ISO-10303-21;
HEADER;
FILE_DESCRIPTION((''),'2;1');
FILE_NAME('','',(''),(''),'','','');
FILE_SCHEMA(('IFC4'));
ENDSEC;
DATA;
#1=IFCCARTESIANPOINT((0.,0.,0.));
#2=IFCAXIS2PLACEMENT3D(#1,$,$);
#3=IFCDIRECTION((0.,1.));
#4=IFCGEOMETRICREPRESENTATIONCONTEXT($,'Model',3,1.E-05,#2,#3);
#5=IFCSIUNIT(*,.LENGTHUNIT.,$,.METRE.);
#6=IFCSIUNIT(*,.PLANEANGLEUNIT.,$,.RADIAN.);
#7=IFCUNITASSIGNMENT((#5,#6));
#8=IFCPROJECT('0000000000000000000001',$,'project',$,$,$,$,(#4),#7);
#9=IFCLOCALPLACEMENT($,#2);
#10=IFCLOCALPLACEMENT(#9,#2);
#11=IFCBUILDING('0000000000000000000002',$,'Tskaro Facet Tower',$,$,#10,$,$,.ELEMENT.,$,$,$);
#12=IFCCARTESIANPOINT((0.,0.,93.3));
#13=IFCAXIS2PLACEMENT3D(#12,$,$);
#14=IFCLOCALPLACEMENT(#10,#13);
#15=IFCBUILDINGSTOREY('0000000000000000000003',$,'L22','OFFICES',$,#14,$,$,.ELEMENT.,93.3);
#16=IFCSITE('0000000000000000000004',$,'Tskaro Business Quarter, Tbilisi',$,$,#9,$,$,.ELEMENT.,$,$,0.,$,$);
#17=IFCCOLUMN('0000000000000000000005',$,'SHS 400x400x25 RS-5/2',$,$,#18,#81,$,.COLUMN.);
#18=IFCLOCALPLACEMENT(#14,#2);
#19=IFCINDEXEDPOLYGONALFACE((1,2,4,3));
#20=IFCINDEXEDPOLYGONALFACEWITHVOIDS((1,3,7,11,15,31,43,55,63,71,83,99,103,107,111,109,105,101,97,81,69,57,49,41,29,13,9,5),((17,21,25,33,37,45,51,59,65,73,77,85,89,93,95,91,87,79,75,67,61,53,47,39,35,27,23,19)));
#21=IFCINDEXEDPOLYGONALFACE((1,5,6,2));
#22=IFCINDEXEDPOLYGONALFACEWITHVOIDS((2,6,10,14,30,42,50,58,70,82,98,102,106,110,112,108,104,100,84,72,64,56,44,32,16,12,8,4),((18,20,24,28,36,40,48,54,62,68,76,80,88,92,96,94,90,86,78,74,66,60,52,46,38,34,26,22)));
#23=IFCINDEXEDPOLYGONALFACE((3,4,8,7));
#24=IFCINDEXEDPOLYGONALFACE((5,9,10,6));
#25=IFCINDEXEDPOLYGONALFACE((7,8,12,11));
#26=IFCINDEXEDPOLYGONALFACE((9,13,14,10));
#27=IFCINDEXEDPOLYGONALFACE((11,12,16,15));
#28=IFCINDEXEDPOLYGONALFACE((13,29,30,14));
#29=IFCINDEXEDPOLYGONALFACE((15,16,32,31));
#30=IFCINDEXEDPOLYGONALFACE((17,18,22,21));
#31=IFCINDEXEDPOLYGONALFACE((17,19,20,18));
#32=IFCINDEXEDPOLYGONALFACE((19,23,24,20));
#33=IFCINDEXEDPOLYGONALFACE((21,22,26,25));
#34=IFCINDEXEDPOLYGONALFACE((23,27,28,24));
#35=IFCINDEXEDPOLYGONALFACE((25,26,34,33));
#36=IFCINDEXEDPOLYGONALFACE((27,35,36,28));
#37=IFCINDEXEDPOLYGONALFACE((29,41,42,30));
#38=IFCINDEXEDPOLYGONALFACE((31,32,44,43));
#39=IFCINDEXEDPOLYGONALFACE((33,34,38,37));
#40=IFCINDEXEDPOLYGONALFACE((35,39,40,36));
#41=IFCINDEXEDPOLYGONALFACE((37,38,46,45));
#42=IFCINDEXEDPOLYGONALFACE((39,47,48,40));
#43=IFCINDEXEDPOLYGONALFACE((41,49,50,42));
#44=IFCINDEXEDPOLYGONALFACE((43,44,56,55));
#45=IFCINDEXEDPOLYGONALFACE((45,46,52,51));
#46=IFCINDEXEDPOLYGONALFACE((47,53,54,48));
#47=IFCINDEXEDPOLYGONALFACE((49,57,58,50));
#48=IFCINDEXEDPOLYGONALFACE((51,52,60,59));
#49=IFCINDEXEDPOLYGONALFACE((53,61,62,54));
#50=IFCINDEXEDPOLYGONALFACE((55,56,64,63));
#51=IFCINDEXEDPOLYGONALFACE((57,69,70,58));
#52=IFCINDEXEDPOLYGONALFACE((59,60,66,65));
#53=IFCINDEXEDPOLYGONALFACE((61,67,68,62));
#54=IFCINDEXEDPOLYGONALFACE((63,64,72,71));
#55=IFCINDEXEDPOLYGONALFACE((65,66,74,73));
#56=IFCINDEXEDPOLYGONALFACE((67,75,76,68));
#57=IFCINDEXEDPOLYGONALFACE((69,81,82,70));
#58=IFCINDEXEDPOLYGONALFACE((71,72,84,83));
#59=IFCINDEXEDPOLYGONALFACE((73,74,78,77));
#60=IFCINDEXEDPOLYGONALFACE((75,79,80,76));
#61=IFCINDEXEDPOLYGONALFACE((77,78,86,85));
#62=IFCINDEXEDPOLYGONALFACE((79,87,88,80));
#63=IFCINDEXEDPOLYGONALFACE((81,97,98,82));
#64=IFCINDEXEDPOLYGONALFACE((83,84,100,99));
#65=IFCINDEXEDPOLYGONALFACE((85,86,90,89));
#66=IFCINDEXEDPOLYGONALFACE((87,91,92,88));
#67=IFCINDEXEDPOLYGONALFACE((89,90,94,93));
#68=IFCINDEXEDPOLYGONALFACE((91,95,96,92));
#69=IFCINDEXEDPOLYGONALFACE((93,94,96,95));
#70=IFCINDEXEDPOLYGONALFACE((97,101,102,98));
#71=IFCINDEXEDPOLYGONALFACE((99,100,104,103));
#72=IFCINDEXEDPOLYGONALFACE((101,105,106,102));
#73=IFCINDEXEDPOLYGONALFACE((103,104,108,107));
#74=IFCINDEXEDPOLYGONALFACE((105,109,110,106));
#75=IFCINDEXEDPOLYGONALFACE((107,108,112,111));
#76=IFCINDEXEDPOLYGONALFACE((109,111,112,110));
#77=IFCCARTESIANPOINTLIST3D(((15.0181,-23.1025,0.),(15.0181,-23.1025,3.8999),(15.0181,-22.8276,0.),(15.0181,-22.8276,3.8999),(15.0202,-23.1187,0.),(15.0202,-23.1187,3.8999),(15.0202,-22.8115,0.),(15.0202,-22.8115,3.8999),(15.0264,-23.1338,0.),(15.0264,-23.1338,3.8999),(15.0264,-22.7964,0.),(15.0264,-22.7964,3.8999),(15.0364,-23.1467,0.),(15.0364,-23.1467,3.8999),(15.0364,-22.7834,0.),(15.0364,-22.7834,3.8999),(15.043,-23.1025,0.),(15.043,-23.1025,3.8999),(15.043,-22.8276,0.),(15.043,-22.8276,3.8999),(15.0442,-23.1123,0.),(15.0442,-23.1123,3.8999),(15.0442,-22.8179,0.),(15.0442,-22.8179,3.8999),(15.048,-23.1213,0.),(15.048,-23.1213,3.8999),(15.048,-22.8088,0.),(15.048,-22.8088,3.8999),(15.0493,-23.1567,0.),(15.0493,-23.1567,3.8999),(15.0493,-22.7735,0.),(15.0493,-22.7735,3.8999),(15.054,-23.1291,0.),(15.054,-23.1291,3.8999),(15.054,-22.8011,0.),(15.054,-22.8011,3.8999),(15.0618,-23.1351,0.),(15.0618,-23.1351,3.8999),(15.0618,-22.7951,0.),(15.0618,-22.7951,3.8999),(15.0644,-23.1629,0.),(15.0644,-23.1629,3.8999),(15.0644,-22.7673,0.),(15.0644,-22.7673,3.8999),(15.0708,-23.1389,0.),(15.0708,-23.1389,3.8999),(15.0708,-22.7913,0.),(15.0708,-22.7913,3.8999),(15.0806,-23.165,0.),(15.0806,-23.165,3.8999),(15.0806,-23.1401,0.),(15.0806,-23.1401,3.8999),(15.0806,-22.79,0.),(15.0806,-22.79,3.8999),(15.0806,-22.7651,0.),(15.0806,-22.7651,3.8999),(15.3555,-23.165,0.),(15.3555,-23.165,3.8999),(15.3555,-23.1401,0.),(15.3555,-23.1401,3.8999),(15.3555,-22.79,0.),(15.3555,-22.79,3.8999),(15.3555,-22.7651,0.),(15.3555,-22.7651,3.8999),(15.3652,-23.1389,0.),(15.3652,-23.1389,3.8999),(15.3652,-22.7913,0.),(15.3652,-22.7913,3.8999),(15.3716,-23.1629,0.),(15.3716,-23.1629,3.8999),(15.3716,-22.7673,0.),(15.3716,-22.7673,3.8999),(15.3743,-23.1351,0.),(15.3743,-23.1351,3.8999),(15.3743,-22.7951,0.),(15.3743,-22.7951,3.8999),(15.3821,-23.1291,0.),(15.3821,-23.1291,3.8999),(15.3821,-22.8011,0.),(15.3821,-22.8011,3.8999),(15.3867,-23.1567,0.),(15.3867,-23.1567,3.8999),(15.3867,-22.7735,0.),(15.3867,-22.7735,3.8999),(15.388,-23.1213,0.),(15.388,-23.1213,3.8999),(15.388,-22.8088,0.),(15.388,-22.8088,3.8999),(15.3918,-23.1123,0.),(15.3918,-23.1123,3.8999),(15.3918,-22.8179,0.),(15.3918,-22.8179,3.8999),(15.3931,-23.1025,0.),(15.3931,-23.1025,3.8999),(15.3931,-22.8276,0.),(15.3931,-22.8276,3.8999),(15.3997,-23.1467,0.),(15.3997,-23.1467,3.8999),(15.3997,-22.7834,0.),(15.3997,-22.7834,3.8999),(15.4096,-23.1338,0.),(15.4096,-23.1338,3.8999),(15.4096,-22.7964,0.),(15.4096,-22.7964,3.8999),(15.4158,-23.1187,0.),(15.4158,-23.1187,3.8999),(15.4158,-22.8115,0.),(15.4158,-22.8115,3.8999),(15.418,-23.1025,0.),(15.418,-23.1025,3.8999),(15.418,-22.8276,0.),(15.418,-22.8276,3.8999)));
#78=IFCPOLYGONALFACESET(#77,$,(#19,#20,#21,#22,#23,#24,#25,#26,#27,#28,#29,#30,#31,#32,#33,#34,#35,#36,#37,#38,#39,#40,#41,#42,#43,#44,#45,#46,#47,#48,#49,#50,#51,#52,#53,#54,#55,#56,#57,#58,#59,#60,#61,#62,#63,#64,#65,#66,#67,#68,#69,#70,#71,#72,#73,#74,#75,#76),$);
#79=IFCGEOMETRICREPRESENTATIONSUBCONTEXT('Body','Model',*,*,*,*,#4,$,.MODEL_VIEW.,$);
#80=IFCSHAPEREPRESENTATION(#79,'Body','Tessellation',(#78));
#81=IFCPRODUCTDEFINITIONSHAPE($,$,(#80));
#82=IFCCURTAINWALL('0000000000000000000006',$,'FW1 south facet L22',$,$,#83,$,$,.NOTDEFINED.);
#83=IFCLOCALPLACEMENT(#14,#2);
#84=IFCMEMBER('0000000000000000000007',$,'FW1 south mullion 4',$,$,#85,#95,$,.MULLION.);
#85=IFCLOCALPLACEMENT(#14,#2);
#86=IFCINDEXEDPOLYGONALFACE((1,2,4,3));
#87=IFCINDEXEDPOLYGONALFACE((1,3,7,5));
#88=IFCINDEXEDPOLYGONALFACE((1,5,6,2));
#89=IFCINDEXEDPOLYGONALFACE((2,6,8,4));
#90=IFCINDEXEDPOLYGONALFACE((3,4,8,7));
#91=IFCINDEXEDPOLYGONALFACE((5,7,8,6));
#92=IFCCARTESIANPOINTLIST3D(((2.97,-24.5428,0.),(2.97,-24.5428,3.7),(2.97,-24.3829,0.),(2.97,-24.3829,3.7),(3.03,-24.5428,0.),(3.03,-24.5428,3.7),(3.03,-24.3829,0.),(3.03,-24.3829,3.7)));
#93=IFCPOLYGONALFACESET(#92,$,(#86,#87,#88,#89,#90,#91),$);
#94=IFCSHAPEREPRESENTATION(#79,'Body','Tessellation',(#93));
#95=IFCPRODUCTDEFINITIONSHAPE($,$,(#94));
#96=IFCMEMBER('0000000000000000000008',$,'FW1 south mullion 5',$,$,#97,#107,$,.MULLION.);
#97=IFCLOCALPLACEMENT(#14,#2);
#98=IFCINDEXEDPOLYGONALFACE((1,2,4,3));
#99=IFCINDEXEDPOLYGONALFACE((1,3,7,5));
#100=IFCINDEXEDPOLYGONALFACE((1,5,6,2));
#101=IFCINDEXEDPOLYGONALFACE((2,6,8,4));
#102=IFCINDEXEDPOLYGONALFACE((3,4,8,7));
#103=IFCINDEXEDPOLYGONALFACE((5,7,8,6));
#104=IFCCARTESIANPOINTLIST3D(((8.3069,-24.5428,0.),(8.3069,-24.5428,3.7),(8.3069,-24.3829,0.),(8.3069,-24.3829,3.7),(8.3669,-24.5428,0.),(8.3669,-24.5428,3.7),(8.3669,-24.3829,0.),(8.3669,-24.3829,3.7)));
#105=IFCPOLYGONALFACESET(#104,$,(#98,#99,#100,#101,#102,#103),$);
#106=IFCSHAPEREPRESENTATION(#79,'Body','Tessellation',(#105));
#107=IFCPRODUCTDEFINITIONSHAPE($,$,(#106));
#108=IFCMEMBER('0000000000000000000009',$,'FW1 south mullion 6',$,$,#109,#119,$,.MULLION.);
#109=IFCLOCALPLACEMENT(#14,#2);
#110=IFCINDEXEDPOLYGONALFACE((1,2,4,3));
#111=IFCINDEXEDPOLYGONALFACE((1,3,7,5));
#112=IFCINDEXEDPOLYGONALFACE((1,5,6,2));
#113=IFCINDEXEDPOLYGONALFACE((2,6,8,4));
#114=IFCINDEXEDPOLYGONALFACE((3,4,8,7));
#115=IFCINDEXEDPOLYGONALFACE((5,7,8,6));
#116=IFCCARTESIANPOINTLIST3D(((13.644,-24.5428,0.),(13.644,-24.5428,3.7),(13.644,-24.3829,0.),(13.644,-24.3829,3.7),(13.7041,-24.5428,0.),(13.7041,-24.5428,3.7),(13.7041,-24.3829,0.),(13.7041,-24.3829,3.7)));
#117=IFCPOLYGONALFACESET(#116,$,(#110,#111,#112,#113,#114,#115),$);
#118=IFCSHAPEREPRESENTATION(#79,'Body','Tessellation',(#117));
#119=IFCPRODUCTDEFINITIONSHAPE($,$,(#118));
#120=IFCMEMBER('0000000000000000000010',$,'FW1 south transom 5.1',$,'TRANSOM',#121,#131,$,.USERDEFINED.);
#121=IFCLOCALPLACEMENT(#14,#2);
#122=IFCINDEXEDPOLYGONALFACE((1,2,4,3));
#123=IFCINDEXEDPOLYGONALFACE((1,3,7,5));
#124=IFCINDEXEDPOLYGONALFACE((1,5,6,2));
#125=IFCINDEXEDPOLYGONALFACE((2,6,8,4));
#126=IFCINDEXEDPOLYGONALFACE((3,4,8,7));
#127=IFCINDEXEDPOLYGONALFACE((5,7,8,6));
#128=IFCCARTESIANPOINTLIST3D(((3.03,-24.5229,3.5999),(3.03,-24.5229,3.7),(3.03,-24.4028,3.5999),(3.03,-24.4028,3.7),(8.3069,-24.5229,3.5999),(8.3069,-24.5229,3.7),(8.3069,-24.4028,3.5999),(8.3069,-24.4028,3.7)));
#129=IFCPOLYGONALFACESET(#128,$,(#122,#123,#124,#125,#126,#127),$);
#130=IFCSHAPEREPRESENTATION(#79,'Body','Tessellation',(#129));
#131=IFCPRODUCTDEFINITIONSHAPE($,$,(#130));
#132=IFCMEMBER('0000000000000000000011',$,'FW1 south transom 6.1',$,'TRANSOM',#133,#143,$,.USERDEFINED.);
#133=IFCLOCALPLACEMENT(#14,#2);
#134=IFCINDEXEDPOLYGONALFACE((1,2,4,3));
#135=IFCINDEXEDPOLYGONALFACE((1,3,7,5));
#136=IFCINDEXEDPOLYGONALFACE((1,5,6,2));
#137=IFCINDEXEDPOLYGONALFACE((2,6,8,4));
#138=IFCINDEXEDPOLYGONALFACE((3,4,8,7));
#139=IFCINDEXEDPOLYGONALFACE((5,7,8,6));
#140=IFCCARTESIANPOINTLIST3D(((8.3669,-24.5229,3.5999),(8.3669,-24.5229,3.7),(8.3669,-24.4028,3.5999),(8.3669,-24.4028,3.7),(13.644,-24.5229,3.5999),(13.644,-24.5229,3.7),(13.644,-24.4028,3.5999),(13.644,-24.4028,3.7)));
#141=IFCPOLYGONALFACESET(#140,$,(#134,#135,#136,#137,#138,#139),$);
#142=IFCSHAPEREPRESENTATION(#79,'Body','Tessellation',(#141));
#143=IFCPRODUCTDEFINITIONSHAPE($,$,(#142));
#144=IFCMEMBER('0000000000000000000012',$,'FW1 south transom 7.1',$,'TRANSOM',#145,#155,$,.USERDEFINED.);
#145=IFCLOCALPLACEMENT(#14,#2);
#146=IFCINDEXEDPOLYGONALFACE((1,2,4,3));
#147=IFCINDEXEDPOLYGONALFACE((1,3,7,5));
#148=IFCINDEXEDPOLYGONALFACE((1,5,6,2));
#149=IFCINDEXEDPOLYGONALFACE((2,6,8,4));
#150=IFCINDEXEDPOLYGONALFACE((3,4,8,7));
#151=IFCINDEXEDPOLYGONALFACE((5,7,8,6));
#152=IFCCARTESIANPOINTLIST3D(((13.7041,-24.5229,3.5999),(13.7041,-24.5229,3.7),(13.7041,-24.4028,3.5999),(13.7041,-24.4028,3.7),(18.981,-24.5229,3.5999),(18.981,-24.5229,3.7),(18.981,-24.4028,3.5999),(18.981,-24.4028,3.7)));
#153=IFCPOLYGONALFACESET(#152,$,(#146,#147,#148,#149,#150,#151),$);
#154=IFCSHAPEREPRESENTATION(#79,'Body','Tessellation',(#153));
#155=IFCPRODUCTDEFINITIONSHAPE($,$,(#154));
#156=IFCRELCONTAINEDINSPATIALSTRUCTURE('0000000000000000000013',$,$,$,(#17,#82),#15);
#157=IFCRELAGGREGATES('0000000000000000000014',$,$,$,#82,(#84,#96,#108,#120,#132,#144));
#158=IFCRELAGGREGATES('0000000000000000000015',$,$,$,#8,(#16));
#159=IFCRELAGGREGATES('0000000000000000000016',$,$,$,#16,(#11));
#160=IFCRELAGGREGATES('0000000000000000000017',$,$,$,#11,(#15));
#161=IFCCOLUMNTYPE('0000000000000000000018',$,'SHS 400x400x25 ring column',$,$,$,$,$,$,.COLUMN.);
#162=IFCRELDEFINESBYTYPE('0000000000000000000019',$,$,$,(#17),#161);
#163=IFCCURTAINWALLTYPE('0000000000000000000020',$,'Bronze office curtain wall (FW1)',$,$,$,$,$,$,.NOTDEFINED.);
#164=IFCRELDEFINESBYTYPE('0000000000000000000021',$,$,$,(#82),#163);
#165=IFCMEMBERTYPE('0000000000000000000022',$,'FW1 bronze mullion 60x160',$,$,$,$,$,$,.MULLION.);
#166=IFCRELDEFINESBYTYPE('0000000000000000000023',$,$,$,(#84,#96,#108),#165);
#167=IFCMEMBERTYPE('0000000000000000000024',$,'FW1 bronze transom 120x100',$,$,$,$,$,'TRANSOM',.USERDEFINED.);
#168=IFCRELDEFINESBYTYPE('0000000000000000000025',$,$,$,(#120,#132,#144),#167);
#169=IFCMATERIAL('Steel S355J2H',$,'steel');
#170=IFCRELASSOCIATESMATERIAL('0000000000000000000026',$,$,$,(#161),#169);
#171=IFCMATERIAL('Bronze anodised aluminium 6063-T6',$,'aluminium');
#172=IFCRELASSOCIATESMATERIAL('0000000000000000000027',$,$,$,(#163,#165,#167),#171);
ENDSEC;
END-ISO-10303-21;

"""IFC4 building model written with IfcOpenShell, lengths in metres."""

from ifc_helpers import new_model, si_unit, direction, frame, origin, origin_2d, place, context, subcontext, project, spatial, rectangle, hollow_rectangle, extrude, material, material_profile, profile_set, type_object, element, aggregate, save


model = new_model("IFC4")

# Units and contexts
model_context = context("Model", 3, precision=1e-05, world=origin(), true_north=direction((0.0, 1.0)))
body_context = subcontext(model_context, "Body", "Model", "MODEL_VIEW")
ifc_project = project(units=[si_unit("LENGTHUNIT", "METRE"), si_unit("PLANEANGLEUNIT", "RADIAN")], contexts=[model_context])

# Site, building, storey
site_placement = place(None, origin())
site = spatial("IfcSite", under=ifc_project, at=site_placement, Name="Tskaro Business Quarter, Tbilisi", CompositionType="ELEMENT", RefElevation=0.0)
building_placement = place(site_placement, origin())
building = spatial("IfcBuilding", under=site, at=building_placement, Name="Tskaro Facet Tower", CompositionType="ELEMENT")
storey_placement = place(building_placement, frame((0.0, 0.0, 93.3)))
storey = spatial("IfcBuildingStorey", under=building, at=storey_placement, Name="L22", Description="OFFICES", CompositionType="ELEMENT", Elevation=93.3)

# Column
ifc_material_1 = material(Name="Steel S355J2H", Category="steel")
ifc_material_profile_1 = material_profile(ifc_material_1, hollow_rectangle(XDim=0.3999, YDim=0.3999, WallThickness=0.0249, InnerFilletRadius=0.0376, OuterFilletRadius=0.0625, at=origin_2d()), Name="SHS 400x400x25")
ifc_profile_set_1 = profile_set([ifc_material_profile_1], Name="Steel S355J2H")
column_type_1 = type_object("IfcColumnType", Name="SHS 400x400x25 ring column", PredefinedType="COLUMN", material=ifc_profile_set_1)
for number, where, z_axis, x_axis, name in (
    (1, (15.218, -22.9651, 0.0), (0.0, 0.0, 1.0), (1.0, 0.0, 0.0), "SHS 400x400x25 RS-5/2"),
):
    element("IfcColumn", number, at=place(storey_placement, frame(where, z_axis=z_axis, x_axis=x_axis)), inside=storey, type_object=column_type_1, Name=name, PredefinedType="COLUMN", context=body_context, shape_type="SweptSolid", body=[
        extrude(hollow_rectangle(XDim=0.3999, YDim=0.3999, WallThickness=0.0249, InnerFilletRadius=0.0376, OuterFilletRadius=0.0625, at=origin_2d()), origin(), (0.0, 0.0, 1.0), 3.8999),
    ])

# Curtain wall, members
ifc_material_2 = material(Name="Bronze anodised aluminium 6063-T6", Category="aluminium")
curtain_wall_type = type_object("IfcCurtainWallType", Name="Bronze office curtain wall (FW1)", PredefinedType="NOTDEFINED", material=ifc_material_2)
curtain_wall_placement = place(storey_placement, origin())
curtain_wall = element("IfcCurtainWall", 2, at=curtain_wall_placement, inside=storey, type_object=curtain_wall_type, Name="FW1 south facet L22", PredefinedType="NOTDEFINED")
ifc_material_profile_2 = material_profile(ifc_material_2, rectangle(XDim=0.0601, YDim=0.1599, at=origin_2d()), Name="Mullion 60x160")
ifc_profile_set_2 = profile_set([ifc_material_profile_2], Name="Bronze anodised aluminium 6063-T6")
member_type_1 = type_object("IfcMemberType", Name="FW1 bronze mullion 60x160", PredefinedType="MULLION", material=ifc_profile_set_2)
member_1_placement = place(storey_placement, frame((3.0, -24.4629, 0.0), z_axis=(0.0, 0.0, 1.0), x_axis=(1.0, 0.0, 0.0)))
member_1 = element("IfcMember", 3, at=member_1_placement, type_object=member_type_1, Name="FW1 south mullion 4", PredefinedType="MULLION", context=body_context, shape_type="SweptSolid", body=[
    extrude(rectangle(XDim=0.0601, YDim=0.1599, at=origin_2d()), origin(), (0.0, 0.0, 1.0), 3.7),
])
member_2_placement = place(storey_placement, frame((8.3369, -24.4629, 0.0), z_axis=(0.0, 0.0, 1.0), x_axis=(1.0, 0.0, 0.0)))
member_2 = element("IfcMember", 4, at=member_2_placement, type_object=member_type_1, Name="FW1 south mullion 5", PredefinedType="MULLION", context=body_context, shape_type="SweptSolid", body=[
    extrude(rectangle(XDim=0.0601, YDim=0.1599, at=origin_2d()), origin(), (0.0, 0.0, 1.0), 3.7),
])
member_3_placement = place(storey_placement, frame((13.6741, -24.4629, 0.0), z_axis=(0.0, 0.0, 1.0), x_axis=(1.0, 0.0, 0.0)))
member_3 = element("IfcMember", 5, at=member_3_placement, type_object=member_type_1, Name="FW1 south mullion 6", PredefinedType="MULLION", context=body_context, shape_type="SweptSolid", body=[
    extrude(rectangle(XDim=0.0601, YDim=0.1599, at=origin_2d()), origin(), (0.0, 0.0, 1.0), 3.7),
])
ifc_material_profile_3 = material_profile(ifc_material_2, rectangle(XDim=0.1201, YDim=0.1001, at=origin_2d()), Name="Transom 120x100")
ifc_profile_set_3 = profile_set([ifc_material_profile_3], Name="Bronze anodised aluminium 6063-T6")
member_type_2 = type_object("IfcMemberType", Name="FW1 bronze transom 120x100", ElementType="TRANSOM", PredefinedType="USERDEFINED", material=ifc_profile_set_3)
member_4_placement = place(storey_placement, frame((3.03, -24.4629, 3.6499), z_axis=(1.0, 0.0, 0.0), x_axis=(0.0, 1.0, 0.0)))
member_4 = element("IfcMember", 6, at=member_4_placement, type_object=member_type_2, Name="FW1 south transom 5.1", ObjectType="TRANSOM", PredefinedType="USERDEFINED", context=body_context, shape_type="SweptSolid", body=[
    extrude(rectangle(XDim=0.1201, YDim=0.1001, at=origin_2d()), origin(), (0.0, 0.0, 1.0), 5.2769),
])
member_5_placement = place(storey_placement, frame((8.3669, -24.4629, 3.6499), z_axis=(1.0, 0.0, 0.0), x_axis=(0.0, 1.0, 0.0)))
member_5 = element("IfcMember", 7, at=member_5_placement, type_object=member_type_2, Name="FW1 south transom 6.1", ObjectType="TRANSOM", PredefinedType="USERDEFINED", context=body_context, shape_type="SweptSolid", body=[
    extrude(rectangle(XDim=0.1201, YDim=0.1001, at=origin_2d()), origin(), (0.0, 0.0, 1.0), 5.2771),
])
member_6_placement = place(storey_placement, frame((13.7041, -24.4629, 3.6499), z_axis=(1.0, 0.0, 0.0), x_axis=(0.0, 1.0, 0.0)))
member_6 = element("IfcMember", 8, at=member_6_placement, type_object=member_type_2, Name="FW1 south transom 7.1", ObjectType="TRANSOM", PredefinedType="USERDEFINED", context=body_context, shape_type="SweptSolid", body=[
    extrude(rectangle(XDim=0.1201, YDim=0.1001, at=origin_2d()), origin(), (0.0, 0.0, 1.0), 5.2769),
])

aggregate(curtain_wall, [member_1, member_2, member_3, member_4, member_5, member_6])

save(model, "model.ifc")
